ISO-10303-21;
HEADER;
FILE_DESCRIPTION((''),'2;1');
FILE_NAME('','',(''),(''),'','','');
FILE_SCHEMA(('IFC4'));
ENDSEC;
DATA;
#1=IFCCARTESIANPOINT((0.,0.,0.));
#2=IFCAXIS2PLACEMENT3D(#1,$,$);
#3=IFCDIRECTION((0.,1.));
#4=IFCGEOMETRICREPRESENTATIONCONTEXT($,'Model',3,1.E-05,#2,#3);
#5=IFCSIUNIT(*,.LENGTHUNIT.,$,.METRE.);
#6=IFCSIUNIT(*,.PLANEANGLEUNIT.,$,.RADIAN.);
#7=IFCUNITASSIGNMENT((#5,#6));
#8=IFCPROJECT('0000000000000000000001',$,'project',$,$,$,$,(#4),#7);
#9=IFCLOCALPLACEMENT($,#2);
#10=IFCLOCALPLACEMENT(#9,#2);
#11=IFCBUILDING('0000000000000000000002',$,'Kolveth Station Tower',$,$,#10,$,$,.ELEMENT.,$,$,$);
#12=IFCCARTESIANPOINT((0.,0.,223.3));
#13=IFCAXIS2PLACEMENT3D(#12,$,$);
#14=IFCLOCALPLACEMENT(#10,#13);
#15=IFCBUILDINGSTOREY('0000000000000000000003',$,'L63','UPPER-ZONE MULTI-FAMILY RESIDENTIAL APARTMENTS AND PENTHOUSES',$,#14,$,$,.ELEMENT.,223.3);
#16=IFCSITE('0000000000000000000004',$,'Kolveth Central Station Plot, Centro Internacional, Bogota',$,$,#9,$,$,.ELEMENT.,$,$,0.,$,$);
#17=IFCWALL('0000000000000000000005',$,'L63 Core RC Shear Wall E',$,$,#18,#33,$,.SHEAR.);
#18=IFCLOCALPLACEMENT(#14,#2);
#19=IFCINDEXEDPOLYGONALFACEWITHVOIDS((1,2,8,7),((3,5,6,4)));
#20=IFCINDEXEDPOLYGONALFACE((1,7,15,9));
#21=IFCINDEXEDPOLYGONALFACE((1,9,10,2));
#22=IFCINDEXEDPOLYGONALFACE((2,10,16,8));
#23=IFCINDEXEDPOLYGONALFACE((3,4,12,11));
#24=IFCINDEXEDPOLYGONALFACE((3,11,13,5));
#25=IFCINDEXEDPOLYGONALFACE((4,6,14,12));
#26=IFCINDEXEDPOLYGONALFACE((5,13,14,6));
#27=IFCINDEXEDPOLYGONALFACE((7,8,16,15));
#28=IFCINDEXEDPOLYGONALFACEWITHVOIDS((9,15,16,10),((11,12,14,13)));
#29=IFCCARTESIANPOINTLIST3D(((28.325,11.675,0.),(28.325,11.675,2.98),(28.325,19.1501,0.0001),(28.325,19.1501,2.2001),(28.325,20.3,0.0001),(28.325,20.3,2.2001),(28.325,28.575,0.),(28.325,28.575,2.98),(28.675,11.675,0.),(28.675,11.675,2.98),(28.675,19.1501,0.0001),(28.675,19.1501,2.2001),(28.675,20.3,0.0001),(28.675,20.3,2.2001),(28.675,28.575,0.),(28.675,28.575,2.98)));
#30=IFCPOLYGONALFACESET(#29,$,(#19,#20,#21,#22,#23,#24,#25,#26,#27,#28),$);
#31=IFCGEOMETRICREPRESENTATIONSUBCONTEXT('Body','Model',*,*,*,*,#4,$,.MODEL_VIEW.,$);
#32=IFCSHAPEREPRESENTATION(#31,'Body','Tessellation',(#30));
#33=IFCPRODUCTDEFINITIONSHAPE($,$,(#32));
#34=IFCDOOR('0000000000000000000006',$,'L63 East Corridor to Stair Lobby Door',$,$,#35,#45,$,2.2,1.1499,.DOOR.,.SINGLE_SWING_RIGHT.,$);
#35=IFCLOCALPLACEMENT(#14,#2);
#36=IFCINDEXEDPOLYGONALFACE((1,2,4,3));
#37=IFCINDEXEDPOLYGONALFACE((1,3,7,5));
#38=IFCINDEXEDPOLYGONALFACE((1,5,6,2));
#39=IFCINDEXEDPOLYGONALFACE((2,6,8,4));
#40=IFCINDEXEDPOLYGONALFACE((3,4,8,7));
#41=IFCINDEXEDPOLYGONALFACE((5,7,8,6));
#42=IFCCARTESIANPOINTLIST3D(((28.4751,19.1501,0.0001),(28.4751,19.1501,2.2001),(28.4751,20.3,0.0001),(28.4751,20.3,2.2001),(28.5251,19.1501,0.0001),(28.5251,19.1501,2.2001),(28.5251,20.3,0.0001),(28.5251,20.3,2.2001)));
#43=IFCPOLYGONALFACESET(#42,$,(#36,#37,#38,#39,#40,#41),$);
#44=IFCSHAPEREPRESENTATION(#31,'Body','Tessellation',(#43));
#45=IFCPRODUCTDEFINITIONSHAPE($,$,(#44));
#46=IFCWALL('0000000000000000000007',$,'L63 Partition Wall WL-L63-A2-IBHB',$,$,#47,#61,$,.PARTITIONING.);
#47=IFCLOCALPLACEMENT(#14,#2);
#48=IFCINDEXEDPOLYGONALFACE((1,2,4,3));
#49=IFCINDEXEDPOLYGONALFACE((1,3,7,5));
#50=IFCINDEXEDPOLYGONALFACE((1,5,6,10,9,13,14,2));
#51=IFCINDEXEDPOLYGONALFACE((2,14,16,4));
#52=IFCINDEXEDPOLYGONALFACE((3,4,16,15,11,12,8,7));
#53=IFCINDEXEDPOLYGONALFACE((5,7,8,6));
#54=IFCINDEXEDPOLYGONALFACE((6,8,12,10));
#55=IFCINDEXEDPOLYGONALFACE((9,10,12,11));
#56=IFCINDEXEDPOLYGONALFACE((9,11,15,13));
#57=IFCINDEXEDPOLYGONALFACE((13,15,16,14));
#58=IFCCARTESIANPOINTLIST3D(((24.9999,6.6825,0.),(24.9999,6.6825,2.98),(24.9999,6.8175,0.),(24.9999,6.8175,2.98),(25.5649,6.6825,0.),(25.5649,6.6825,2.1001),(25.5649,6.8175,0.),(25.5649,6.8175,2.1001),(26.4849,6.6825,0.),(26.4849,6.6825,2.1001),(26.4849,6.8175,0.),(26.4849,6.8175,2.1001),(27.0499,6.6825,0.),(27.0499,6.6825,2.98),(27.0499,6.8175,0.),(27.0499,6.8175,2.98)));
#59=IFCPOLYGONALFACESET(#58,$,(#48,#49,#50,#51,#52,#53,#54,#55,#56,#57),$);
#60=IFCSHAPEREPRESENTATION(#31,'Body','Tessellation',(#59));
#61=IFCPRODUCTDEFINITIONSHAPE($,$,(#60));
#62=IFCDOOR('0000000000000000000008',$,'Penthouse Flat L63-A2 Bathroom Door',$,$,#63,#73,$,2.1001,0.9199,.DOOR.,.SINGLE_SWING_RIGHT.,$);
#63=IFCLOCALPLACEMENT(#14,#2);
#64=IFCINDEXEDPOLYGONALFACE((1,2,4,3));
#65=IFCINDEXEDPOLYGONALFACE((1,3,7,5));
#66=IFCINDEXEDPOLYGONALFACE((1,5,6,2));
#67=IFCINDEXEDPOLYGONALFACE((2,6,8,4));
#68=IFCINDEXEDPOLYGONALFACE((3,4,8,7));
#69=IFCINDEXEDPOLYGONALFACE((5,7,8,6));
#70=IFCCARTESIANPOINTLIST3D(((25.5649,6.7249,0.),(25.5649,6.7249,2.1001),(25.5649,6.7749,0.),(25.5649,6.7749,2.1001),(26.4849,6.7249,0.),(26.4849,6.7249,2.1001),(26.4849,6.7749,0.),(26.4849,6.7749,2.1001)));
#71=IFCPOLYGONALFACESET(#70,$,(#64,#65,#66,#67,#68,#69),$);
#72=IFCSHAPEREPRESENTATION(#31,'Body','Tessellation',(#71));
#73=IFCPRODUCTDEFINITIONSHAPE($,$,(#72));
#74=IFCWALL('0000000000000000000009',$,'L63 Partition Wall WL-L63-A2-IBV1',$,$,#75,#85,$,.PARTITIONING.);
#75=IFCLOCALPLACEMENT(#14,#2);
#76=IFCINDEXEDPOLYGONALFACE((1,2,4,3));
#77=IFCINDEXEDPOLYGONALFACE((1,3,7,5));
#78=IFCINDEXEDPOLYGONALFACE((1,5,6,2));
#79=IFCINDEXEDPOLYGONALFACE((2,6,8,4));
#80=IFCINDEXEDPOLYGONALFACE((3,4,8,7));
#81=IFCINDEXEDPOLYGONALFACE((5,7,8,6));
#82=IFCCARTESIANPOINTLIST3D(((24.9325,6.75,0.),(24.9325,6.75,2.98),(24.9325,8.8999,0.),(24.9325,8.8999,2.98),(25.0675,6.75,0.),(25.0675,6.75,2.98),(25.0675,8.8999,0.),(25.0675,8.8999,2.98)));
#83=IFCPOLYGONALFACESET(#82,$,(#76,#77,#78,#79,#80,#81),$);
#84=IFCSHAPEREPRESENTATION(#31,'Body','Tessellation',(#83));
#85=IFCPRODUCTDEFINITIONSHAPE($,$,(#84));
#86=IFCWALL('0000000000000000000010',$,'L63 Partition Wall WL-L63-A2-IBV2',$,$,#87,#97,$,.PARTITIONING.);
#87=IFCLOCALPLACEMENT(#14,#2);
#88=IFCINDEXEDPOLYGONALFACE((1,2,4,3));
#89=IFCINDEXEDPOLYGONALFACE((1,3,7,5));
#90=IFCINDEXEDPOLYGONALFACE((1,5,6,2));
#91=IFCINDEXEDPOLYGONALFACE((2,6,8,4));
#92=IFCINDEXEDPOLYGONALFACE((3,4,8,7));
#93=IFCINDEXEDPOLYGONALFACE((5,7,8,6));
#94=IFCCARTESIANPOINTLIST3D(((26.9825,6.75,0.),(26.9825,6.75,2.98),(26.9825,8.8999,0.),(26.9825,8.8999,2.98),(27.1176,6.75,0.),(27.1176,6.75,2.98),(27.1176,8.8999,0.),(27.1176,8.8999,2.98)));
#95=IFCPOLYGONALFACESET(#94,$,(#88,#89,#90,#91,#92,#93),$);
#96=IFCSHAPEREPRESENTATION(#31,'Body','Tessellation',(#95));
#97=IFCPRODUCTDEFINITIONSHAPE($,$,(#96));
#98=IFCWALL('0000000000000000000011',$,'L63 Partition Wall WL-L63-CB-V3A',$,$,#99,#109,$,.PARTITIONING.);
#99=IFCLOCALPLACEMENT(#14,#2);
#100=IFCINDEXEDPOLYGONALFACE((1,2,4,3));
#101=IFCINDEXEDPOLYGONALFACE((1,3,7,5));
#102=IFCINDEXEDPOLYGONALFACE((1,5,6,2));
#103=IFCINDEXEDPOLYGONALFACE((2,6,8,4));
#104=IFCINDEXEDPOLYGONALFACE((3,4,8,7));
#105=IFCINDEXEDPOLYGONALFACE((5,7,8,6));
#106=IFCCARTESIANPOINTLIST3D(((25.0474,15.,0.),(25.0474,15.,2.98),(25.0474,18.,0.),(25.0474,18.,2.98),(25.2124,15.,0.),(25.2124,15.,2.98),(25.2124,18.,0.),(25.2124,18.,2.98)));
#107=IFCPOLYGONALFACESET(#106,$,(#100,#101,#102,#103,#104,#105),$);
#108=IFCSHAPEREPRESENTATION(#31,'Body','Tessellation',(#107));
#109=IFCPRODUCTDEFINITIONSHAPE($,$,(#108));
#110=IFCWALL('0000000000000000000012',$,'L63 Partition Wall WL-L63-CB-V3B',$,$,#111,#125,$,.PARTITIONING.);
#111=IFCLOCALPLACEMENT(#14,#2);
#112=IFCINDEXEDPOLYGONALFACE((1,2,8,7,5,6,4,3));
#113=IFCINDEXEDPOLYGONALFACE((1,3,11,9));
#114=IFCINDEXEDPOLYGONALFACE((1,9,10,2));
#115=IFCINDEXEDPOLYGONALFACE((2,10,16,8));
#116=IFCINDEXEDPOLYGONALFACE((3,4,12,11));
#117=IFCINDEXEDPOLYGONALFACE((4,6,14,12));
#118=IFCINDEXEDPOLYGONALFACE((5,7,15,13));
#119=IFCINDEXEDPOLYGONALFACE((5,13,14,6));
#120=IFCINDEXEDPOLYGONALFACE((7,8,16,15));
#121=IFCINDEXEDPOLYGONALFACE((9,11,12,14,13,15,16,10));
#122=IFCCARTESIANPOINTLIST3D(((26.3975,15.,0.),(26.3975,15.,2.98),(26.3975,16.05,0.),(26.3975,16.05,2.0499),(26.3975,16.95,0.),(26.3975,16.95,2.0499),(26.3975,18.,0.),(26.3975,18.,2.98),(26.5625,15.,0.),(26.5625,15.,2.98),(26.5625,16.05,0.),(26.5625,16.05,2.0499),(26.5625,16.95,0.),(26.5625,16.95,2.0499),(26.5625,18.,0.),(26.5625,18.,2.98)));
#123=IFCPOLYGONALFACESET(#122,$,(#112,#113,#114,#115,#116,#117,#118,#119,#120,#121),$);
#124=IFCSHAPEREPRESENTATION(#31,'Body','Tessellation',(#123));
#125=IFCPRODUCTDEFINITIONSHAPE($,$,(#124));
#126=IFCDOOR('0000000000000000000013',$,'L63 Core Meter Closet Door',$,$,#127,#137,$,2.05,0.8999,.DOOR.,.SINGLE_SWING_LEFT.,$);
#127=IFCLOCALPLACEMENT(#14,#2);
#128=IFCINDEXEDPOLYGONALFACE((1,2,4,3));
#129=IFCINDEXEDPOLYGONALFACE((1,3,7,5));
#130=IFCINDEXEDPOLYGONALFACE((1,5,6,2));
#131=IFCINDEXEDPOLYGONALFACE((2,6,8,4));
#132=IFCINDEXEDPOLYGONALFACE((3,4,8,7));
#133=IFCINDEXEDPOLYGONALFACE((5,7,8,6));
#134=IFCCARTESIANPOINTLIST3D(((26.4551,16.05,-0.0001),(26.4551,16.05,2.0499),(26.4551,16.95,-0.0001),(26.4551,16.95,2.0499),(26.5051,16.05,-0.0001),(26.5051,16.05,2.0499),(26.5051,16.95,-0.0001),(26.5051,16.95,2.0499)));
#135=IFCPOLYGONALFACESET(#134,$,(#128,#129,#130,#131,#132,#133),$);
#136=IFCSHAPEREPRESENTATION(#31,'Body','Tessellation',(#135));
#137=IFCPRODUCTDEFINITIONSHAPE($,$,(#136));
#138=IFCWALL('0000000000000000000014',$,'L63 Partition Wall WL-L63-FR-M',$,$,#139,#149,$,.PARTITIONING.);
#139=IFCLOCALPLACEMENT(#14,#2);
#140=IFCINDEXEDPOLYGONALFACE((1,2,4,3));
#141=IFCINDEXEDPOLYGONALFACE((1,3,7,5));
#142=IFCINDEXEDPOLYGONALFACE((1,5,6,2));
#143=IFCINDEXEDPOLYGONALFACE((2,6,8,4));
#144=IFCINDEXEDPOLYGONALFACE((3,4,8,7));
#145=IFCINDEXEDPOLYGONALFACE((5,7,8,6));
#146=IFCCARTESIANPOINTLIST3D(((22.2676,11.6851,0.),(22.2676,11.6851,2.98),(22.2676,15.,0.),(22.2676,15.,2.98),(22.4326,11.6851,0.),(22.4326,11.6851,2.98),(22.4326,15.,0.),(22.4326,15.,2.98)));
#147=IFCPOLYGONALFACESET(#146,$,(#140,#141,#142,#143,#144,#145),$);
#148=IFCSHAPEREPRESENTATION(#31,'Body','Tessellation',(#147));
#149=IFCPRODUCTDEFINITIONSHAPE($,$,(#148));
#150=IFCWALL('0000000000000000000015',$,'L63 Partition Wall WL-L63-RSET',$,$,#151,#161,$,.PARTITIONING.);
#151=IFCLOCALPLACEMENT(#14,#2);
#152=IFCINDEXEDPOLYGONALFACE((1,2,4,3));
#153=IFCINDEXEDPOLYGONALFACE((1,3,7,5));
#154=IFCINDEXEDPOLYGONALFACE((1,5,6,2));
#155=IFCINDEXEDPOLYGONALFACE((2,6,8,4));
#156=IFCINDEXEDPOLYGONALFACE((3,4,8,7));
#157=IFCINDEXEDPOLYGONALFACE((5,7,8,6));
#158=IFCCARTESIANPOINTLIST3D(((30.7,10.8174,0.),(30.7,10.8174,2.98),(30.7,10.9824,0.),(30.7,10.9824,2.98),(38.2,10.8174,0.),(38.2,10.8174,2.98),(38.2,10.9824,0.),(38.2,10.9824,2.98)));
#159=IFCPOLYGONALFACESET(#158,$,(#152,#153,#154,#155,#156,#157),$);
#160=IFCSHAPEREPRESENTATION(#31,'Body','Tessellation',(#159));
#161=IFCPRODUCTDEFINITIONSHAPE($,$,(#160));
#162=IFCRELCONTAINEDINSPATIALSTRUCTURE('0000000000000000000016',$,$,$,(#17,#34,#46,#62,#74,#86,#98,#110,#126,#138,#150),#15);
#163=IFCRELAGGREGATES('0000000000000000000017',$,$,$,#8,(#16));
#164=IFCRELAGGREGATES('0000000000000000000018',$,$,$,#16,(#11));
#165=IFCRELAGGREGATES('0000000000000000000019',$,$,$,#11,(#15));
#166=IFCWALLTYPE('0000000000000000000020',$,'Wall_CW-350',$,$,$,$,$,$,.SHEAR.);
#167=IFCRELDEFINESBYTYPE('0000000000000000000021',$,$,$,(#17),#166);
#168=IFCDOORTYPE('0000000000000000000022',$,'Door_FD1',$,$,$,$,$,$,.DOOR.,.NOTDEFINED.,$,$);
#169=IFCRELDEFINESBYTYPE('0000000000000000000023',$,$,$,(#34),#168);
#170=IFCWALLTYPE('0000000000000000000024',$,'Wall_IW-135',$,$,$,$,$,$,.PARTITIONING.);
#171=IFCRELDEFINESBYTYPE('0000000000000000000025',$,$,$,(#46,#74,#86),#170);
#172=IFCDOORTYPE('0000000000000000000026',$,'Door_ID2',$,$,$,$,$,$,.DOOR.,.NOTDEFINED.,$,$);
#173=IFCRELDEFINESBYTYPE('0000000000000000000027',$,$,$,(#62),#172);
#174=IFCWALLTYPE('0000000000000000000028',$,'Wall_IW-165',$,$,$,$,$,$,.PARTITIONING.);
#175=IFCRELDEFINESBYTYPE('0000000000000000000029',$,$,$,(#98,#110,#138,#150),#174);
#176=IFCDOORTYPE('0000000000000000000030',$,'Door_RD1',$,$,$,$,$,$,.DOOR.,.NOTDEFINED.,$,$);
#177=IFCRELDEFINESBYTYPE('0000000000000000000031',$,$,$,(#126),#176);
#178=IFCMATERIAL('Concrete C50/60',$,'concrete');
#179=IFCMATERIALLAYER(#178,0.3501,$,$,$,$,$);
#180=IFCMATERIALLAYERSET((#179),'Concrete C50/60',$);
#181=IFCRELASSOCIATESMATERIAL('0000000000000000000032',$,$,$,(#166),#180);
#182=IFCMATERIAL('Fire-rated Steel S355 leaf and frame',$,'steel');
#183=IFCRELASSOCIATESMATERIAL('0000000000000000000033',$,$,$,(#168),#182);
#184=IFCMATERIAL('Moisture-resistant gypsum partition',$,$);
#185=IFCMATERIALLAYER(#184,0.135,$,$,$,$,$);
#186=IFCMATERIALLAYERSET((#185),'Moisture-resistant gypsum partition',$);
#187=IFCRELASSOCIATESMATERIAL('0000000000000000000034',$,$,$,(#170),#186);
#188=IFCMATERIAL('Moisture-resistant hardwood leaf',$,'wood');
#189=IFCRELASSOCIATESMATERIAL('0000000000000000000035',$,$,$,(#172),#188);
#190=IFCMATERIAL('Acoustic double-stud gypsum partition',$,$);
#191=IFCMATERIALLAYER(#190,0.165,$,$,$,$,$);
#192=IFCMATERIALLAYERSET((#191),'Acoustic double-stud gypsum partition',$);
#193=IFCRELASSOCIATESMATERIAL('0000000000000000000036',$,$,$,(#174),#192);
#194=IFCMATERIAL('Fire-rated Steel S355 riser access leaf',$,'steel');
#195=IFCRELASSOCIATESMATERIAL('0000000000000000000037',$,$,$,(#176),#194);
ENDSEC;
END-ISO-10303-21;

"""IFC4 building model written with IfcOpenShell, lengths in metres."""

from ifc_helpers import new_model, si_unit, direction, frame, frame_2d, origin, place, context, subcontext, project, spatial, rectangle, extrude, material, layer, layer_set, type_object, element, fill, save


model = new_model("IFC4")

# Units and contexts
model_context = context("Model", 3, precision=1e-05, world=origin(), true_north=direction((0.0, 1.0)))
body_context = subcontext(model_context, "Body", "Model", "MODEL_VIEW")
ifc_project = project(units=[si_unit("LENGTHUNIT", "METRE"), si_unit("PLANEANGLEUNIT", "RADIAN")], contexts=[model_context])

# Site, building, storey
site_placement = place(None, origin())
site = spatial("IfcSite", under=ifc_project, at=site_placement, Name="Kolveth Central Station Plot, Centro Internacional, Bogota", CompositionType="ELEMENT", RefElevation=0.0)
building_placement = place(site_placement, origin())
building = spatial("IfcBuilding", under=site, at=building_placement, Name="Kolveth Station Tower", CompositionType="ELEMENT")
storey_placement = place(building_placement, frame((0.0, 0.0, 223.3)))
storey = spatial("IfcBuildingStorey", under=building, at=storey_placement, Name="L63", Description="UPPER-ZONE MULTI-FAMILY RESIDENTIAL APARTMENTS AND PENTHOUSES", CompositionType="ELEMENT", Elevation=223.3)

# Walls, openings, doors
ifc_material_1 = material(Name="Concrete C50/60", Category="concrete")
ifc_layer_1 = layer(ifc_material_1, 0.3501)
ifc_layer_set_1 = layer_set([ifc_layer_1], Name="Concrete C50/60")
wall_type_1 = type_object("IfcWallType", Name="Wall_CW-350", PredefinedType="SHEAR", material=ifc_layer_set_1)
wall_1_placement = place(storey_placement, frame((28.5, 11.675, 0.0), z_axis=(0.0, 0.0, 1.0), x_axis=(0.0, 1.0, 0.0)))
wall_1 = element("IfcWall", 1, at=wall_1_placement, inside=storey, type_object=wall_type_1, Name="L63 Core RC Shear Wall E", PredefinedType="SHEAR", context=body_context, shape_type="SweptSolid", body=[
    extrude(rectangle(XDim=16.8999, YDim=0.3501, at=frame_2d((8.45, 0.0))), origin(), (0.0, 0.0, 1.0), 2.98),
])
opening_1_placement = place(wall_1_placement, frame((7.4751, 0.0, 0.0)))
opening_1 = element("IfcOpeningElement", 2, at=opening_1_placement, cuts=wall_1, PredefinedType="OPENING", context=body_context, shape_type="SweptSolid", body=[
    extrude(rectangle(XDim=1.1499, YDim=2.2, at=frame_2d((0.575, 1.1001))), frame((0.0, 0.1851, 0.0), z_axis=(0.0, -1.0, 0.0), x_axis=(1.0, 0.0, 0.0)), (0.0, 0.0, 1.0), 0.3701),
])
ifc_material_2 = material(Name="Fire-rated Steel S355 leaf and frame", Category="steel")
door_type_1 = type_object("IfcDoorType", Name="Door_FD1", OperationType="NOTDEFINED", PredefinedType="DOOR", material=ifc_material_2)
door_1_placement = place(opening_1_placement, origin())
door_1 = element("IfcDoor", 3, at=door_1_placement, inside=storey, type_object=door_type_1, Name="L63 East Corridor to Stair Lobby Door", OperationType="SINGLE_SWING_RIGHT", OverallHeight=2.2, OverallWidth=1.1499, PredefinedType="DOOR", context=body_context, shape_type="SweptSolid", body=[
    extrude(rectangle(XDim=1.1499, YDim=2.2, at=frame_2d((0.575, 1.1001))), frame((0.0, 0.0249, 0.0), z_axis=(0.0, -1.0, 0.0), x_axis=(1.0, 0.0, 0.0)), (0.0, 0.0, 1.0), 0.05),
])
fill(opening_1, door_1)
ifc_material_3 = material(Name="Moisture-resistant gypsum partition")
ifc_layer_2 = layer(ifc_material_3, 0.135)
ifc_layer_set_2 = layer_set([ifc_layer_2], Name="Moisture-resistant gypsum partition")
wall_type_2 = type_object("IfcWallType", Name="Wall_IW-135", PredefinedType="PARTITIONING", material=ifc_layer_set_2)
wall_2_placement = place(storey_placement, frame((25.0, 6.75, 0.0), z_axis=(0.0, 0.0, 1.0), x_axis=(1.0, 0.0, 0.0)))
wall_2 = element("IfcWall", 4, at=wall_2_placement, inside=storey, type_object=wall_type_2, Name="L63 Partition Wall WL-L63-A2-IBHB", PredefinedType="PARTITIONING", context=body_context, shape_type="SweptSolid", body=[
    extrude(rectangle(XDim=2.05, YDim=0.135, at=frame_2d((1.0249, 0.0))), origin(), (0.0, 0.0, 1.0), 2.98),
])
opening_2_placement = place(wall_2_placement, frame((0.5649, 0.0, 0.0)))
opening_2 = element("IfcOpeningElement", 5, at=opening_2_placement, cuts=wall_2, PredefinedType="OPENING", context=body_context, shape_type="SweptSolid", body=[
    extrude(rectangle(XDim=0.9199, YDim=2.1001, at=frame_2d((0.46, 1.05))), frame((0.0, 0.0774, 0.0), z_axis=(0.0, -1.0, 0.0), x_axis=(1.0, 0.0, 0.0)), (0.0, 0.0, 1.0), 0.155),
])
ifc_material_4 = material(Name="Moisture-resistant hardwood leaf", Category="wood")
door_type_2 = type_object("IfcDoorType", Name="Door_ID2", OperationType="NOTDEFINED", PredefinedType="DOOR", material=ifc_material_4)
door_2_placement = place(opening_2_placement, origin())
door_2 = element("IfcDoor", 6, at=door_2_placement, inside=storey, type_object=door_type_2, Name="Penthouse Flat L63-A2 Bathroom Door", OperationType="SINGLE_SWING_RIGHT", OverallHeight=2.1001, OverallWidth=0.9199, PredefinedType="DOOR", context=body_context, shape_type="SweptSolid", body=[
    extrude(rectangle(XDim=0.9199, YDim=2.1001, at=frame_2d((0.46, 1.05))), frame((0.0, 0.0249, 0.0), z_axis=(0.0, -1.0, 0.0), x_axis=(1.0, 0.0, 0.0)), (0.0, 0.0, 1.0), 0.05),
])
fill(opening_2, door_2)

# Walls
for number, where, z_axis, x_axis, name in (
    (7, (25.0, 6.75, 0.0), (0.0, 0.0, 1.0), (0.0, 1.0, 0.0), "L63 Partition Wall WL-L63-A2-IBV1"),
    (8, (27.05, 6.75, 0.0), (0.0, 0.0, 1.0), (0.0, 1.0, 0.0), "L63 Partition Wall WL-L63-A2-IBV2"),
):
    element("IfcWall", number, at=place(storey_placement, frame(where, z_axis=z_axis, x_axis=x_axis)), inside=storey, type_object=wall_type_2, Name=name, PredefinedType="PARTITIONING", context=body_context, shape_type="SweptSolid", body=[
        extrude(rectangle(XDim=2.1499, YDim=0.135, at=frame_2d((1.075, 0.0))), origin(), (0.0, 0.0, 1.0), 2.98),
    ])
ifc_material_5 = material(Name="Acoustic double-stud gypsum partition")
ifc_layer_3 = layer(ifc_material_5, 0.165)
ifc_layer_set_3 = layer_set([ifc_layer_3], Name="Acoustic double-stud gypsum partition")
wall_type_3 = type_object("IfcWallType", Name="Wall_IW-165", PredefinedType="PARTITIONING", material=ifc_layer_set_3)
wall_3_placement = place(storey_placement, frame((25.1299, 15.0, 0.0), z_axis=(0.0, 0.0, 1.0), x_axis=(0.0, 1.0, 0.0)))
element("IfcWall", 9, at=wall_3_placement, inside=storey, type_object=wall_type_3, Name="L63 Partition Wall WL-L63-CB-V3A", PredefinedType="PARTITIONING", context=body_context, shape_type="SweptSolid", body=[
    extrude(rectangle(XDim=3.0, YDim=0.165, at=frame_2d((1.5, 0.0))), origin(), (0.0, 0.0, 1.0), 2.98),
])

# Wall, opening, door
wall_4_placement = place(storey_placement, frame((26.48, 15.0, 0.0), z_axis=(0.0, 0.0, 1.0), x_axis=(0.0, 1.0, 0.0)))
wall_4 = element("IfcWall", 10, at=wall_4_placement, inside=storey, type_object=wall_type_3, Name="L63 Partition Wall WL-L63-CB-V3B", PredefinedType="PARTITIONING", context=body_context, shape_type="SweptSolid", body=[
    extrude(rectangle(XDim=3.0, YDim=0.165, at=frame_2d((1.5, 0.0))), origin(), (0.0, 0.0, 1.0), 2.98),
])
opening_3_placement = place(wall_4_placement, frame((1.05, 0.0, 0.0)))
opening_3 = element("IfcOpeningElement", 11, at=opening_3_placement, cuts=wall_4, PredefinedType="OPENING", context=body_context, shape_type="SweptSolid", body=[
    extrude(rectangle(XDim=0.8999, YDim=2.05, at=frame_2d((0.45, 1.0249))), frame((0.0, 0.0925, 0.0), z_axis=(0.0, -1.0, 0.0), x_axis=(1.0, 0.0, 0.0)), (0.0, 0.0, 1.0), 0.1851),
])
ifc_material_6 = material(Name="Fire-rated Steel S355 riser access leaf", Category="steel")
door_type_3 = type_object("IfcDoorType", Name="Door_RD1", OperationType="NOTDEFINED", PredefinedType="DOOR", material=ifc_material_6)
door_3_placement = place(opening_3_placement, origin())
door_3 = element("IfcDoor", 12, at=door_3_placement, inside=storey, type_object=door_type_3, Name="L63 Core Meter Closet Door", OperationType="SINGLE_SWING_LEFT", OverallHeight=2.05, OverallWidth=0.8999, PredefinedType="DOOR", context=body_context, shape_type="SweptSolid", body=[
    extrude(rectangle(XDim=0.8999, YDim=2.05, at=frame_2d((0.45, 1.0249))), frame((0.0, 0.0249, 0.0), z_axis=(0.0, -1.0, 0.0), x_axis=(1.0, 0.0, 0.0)), (0.0, 0.0, 1.0), 0.05),
])
fill(opening_3, door_3)

# Walls
wall_5_placement = place(storey_placement, frame((22.3501, 11.6851, 0.0), z_axis=(0.0, 0.0, 1.0), x_axis=(0.0, 1.0, 0.0)))
element("IfcWall", 13, at=wall_5_placement, inside=storey, type_object=wall_type_3, Name="L63 Partition Wall WL-L63-FR-M", PredefinedType="PARTITIONING", context=body_context, shape_type="SweptSolid", body=[
    extrude(rectangle(XDim=3.3149, YDim=0.165, at=frame_2d((1.6575, 0.0))), origin(), (0.0, 0.0, 1.0), 2.98),
])
wall_6_placement = place(storey_placement, frame((30.7, 10.8999, 0.0), z_axis=(0.0, 0.0, 1.0), x_axis=(1.0, 0.0, 0.0)))
element("IfcWall", 14, at=wall_6_placement, inside=storey, type_object=wall_type_3, Name="L63 Partition Wall WL-L63-RSET", PredefinedType="PARTITIONING", context=body_context, shape_type="SweptSolid", body=[
    extrude(rectangle(XDim=7.5, YDim=0.165, at=frame_2d((3.75, 0.0))), origin(), (0.0, 0.0, 1.0), 2.98),
])

save(model, "model.ifc")
